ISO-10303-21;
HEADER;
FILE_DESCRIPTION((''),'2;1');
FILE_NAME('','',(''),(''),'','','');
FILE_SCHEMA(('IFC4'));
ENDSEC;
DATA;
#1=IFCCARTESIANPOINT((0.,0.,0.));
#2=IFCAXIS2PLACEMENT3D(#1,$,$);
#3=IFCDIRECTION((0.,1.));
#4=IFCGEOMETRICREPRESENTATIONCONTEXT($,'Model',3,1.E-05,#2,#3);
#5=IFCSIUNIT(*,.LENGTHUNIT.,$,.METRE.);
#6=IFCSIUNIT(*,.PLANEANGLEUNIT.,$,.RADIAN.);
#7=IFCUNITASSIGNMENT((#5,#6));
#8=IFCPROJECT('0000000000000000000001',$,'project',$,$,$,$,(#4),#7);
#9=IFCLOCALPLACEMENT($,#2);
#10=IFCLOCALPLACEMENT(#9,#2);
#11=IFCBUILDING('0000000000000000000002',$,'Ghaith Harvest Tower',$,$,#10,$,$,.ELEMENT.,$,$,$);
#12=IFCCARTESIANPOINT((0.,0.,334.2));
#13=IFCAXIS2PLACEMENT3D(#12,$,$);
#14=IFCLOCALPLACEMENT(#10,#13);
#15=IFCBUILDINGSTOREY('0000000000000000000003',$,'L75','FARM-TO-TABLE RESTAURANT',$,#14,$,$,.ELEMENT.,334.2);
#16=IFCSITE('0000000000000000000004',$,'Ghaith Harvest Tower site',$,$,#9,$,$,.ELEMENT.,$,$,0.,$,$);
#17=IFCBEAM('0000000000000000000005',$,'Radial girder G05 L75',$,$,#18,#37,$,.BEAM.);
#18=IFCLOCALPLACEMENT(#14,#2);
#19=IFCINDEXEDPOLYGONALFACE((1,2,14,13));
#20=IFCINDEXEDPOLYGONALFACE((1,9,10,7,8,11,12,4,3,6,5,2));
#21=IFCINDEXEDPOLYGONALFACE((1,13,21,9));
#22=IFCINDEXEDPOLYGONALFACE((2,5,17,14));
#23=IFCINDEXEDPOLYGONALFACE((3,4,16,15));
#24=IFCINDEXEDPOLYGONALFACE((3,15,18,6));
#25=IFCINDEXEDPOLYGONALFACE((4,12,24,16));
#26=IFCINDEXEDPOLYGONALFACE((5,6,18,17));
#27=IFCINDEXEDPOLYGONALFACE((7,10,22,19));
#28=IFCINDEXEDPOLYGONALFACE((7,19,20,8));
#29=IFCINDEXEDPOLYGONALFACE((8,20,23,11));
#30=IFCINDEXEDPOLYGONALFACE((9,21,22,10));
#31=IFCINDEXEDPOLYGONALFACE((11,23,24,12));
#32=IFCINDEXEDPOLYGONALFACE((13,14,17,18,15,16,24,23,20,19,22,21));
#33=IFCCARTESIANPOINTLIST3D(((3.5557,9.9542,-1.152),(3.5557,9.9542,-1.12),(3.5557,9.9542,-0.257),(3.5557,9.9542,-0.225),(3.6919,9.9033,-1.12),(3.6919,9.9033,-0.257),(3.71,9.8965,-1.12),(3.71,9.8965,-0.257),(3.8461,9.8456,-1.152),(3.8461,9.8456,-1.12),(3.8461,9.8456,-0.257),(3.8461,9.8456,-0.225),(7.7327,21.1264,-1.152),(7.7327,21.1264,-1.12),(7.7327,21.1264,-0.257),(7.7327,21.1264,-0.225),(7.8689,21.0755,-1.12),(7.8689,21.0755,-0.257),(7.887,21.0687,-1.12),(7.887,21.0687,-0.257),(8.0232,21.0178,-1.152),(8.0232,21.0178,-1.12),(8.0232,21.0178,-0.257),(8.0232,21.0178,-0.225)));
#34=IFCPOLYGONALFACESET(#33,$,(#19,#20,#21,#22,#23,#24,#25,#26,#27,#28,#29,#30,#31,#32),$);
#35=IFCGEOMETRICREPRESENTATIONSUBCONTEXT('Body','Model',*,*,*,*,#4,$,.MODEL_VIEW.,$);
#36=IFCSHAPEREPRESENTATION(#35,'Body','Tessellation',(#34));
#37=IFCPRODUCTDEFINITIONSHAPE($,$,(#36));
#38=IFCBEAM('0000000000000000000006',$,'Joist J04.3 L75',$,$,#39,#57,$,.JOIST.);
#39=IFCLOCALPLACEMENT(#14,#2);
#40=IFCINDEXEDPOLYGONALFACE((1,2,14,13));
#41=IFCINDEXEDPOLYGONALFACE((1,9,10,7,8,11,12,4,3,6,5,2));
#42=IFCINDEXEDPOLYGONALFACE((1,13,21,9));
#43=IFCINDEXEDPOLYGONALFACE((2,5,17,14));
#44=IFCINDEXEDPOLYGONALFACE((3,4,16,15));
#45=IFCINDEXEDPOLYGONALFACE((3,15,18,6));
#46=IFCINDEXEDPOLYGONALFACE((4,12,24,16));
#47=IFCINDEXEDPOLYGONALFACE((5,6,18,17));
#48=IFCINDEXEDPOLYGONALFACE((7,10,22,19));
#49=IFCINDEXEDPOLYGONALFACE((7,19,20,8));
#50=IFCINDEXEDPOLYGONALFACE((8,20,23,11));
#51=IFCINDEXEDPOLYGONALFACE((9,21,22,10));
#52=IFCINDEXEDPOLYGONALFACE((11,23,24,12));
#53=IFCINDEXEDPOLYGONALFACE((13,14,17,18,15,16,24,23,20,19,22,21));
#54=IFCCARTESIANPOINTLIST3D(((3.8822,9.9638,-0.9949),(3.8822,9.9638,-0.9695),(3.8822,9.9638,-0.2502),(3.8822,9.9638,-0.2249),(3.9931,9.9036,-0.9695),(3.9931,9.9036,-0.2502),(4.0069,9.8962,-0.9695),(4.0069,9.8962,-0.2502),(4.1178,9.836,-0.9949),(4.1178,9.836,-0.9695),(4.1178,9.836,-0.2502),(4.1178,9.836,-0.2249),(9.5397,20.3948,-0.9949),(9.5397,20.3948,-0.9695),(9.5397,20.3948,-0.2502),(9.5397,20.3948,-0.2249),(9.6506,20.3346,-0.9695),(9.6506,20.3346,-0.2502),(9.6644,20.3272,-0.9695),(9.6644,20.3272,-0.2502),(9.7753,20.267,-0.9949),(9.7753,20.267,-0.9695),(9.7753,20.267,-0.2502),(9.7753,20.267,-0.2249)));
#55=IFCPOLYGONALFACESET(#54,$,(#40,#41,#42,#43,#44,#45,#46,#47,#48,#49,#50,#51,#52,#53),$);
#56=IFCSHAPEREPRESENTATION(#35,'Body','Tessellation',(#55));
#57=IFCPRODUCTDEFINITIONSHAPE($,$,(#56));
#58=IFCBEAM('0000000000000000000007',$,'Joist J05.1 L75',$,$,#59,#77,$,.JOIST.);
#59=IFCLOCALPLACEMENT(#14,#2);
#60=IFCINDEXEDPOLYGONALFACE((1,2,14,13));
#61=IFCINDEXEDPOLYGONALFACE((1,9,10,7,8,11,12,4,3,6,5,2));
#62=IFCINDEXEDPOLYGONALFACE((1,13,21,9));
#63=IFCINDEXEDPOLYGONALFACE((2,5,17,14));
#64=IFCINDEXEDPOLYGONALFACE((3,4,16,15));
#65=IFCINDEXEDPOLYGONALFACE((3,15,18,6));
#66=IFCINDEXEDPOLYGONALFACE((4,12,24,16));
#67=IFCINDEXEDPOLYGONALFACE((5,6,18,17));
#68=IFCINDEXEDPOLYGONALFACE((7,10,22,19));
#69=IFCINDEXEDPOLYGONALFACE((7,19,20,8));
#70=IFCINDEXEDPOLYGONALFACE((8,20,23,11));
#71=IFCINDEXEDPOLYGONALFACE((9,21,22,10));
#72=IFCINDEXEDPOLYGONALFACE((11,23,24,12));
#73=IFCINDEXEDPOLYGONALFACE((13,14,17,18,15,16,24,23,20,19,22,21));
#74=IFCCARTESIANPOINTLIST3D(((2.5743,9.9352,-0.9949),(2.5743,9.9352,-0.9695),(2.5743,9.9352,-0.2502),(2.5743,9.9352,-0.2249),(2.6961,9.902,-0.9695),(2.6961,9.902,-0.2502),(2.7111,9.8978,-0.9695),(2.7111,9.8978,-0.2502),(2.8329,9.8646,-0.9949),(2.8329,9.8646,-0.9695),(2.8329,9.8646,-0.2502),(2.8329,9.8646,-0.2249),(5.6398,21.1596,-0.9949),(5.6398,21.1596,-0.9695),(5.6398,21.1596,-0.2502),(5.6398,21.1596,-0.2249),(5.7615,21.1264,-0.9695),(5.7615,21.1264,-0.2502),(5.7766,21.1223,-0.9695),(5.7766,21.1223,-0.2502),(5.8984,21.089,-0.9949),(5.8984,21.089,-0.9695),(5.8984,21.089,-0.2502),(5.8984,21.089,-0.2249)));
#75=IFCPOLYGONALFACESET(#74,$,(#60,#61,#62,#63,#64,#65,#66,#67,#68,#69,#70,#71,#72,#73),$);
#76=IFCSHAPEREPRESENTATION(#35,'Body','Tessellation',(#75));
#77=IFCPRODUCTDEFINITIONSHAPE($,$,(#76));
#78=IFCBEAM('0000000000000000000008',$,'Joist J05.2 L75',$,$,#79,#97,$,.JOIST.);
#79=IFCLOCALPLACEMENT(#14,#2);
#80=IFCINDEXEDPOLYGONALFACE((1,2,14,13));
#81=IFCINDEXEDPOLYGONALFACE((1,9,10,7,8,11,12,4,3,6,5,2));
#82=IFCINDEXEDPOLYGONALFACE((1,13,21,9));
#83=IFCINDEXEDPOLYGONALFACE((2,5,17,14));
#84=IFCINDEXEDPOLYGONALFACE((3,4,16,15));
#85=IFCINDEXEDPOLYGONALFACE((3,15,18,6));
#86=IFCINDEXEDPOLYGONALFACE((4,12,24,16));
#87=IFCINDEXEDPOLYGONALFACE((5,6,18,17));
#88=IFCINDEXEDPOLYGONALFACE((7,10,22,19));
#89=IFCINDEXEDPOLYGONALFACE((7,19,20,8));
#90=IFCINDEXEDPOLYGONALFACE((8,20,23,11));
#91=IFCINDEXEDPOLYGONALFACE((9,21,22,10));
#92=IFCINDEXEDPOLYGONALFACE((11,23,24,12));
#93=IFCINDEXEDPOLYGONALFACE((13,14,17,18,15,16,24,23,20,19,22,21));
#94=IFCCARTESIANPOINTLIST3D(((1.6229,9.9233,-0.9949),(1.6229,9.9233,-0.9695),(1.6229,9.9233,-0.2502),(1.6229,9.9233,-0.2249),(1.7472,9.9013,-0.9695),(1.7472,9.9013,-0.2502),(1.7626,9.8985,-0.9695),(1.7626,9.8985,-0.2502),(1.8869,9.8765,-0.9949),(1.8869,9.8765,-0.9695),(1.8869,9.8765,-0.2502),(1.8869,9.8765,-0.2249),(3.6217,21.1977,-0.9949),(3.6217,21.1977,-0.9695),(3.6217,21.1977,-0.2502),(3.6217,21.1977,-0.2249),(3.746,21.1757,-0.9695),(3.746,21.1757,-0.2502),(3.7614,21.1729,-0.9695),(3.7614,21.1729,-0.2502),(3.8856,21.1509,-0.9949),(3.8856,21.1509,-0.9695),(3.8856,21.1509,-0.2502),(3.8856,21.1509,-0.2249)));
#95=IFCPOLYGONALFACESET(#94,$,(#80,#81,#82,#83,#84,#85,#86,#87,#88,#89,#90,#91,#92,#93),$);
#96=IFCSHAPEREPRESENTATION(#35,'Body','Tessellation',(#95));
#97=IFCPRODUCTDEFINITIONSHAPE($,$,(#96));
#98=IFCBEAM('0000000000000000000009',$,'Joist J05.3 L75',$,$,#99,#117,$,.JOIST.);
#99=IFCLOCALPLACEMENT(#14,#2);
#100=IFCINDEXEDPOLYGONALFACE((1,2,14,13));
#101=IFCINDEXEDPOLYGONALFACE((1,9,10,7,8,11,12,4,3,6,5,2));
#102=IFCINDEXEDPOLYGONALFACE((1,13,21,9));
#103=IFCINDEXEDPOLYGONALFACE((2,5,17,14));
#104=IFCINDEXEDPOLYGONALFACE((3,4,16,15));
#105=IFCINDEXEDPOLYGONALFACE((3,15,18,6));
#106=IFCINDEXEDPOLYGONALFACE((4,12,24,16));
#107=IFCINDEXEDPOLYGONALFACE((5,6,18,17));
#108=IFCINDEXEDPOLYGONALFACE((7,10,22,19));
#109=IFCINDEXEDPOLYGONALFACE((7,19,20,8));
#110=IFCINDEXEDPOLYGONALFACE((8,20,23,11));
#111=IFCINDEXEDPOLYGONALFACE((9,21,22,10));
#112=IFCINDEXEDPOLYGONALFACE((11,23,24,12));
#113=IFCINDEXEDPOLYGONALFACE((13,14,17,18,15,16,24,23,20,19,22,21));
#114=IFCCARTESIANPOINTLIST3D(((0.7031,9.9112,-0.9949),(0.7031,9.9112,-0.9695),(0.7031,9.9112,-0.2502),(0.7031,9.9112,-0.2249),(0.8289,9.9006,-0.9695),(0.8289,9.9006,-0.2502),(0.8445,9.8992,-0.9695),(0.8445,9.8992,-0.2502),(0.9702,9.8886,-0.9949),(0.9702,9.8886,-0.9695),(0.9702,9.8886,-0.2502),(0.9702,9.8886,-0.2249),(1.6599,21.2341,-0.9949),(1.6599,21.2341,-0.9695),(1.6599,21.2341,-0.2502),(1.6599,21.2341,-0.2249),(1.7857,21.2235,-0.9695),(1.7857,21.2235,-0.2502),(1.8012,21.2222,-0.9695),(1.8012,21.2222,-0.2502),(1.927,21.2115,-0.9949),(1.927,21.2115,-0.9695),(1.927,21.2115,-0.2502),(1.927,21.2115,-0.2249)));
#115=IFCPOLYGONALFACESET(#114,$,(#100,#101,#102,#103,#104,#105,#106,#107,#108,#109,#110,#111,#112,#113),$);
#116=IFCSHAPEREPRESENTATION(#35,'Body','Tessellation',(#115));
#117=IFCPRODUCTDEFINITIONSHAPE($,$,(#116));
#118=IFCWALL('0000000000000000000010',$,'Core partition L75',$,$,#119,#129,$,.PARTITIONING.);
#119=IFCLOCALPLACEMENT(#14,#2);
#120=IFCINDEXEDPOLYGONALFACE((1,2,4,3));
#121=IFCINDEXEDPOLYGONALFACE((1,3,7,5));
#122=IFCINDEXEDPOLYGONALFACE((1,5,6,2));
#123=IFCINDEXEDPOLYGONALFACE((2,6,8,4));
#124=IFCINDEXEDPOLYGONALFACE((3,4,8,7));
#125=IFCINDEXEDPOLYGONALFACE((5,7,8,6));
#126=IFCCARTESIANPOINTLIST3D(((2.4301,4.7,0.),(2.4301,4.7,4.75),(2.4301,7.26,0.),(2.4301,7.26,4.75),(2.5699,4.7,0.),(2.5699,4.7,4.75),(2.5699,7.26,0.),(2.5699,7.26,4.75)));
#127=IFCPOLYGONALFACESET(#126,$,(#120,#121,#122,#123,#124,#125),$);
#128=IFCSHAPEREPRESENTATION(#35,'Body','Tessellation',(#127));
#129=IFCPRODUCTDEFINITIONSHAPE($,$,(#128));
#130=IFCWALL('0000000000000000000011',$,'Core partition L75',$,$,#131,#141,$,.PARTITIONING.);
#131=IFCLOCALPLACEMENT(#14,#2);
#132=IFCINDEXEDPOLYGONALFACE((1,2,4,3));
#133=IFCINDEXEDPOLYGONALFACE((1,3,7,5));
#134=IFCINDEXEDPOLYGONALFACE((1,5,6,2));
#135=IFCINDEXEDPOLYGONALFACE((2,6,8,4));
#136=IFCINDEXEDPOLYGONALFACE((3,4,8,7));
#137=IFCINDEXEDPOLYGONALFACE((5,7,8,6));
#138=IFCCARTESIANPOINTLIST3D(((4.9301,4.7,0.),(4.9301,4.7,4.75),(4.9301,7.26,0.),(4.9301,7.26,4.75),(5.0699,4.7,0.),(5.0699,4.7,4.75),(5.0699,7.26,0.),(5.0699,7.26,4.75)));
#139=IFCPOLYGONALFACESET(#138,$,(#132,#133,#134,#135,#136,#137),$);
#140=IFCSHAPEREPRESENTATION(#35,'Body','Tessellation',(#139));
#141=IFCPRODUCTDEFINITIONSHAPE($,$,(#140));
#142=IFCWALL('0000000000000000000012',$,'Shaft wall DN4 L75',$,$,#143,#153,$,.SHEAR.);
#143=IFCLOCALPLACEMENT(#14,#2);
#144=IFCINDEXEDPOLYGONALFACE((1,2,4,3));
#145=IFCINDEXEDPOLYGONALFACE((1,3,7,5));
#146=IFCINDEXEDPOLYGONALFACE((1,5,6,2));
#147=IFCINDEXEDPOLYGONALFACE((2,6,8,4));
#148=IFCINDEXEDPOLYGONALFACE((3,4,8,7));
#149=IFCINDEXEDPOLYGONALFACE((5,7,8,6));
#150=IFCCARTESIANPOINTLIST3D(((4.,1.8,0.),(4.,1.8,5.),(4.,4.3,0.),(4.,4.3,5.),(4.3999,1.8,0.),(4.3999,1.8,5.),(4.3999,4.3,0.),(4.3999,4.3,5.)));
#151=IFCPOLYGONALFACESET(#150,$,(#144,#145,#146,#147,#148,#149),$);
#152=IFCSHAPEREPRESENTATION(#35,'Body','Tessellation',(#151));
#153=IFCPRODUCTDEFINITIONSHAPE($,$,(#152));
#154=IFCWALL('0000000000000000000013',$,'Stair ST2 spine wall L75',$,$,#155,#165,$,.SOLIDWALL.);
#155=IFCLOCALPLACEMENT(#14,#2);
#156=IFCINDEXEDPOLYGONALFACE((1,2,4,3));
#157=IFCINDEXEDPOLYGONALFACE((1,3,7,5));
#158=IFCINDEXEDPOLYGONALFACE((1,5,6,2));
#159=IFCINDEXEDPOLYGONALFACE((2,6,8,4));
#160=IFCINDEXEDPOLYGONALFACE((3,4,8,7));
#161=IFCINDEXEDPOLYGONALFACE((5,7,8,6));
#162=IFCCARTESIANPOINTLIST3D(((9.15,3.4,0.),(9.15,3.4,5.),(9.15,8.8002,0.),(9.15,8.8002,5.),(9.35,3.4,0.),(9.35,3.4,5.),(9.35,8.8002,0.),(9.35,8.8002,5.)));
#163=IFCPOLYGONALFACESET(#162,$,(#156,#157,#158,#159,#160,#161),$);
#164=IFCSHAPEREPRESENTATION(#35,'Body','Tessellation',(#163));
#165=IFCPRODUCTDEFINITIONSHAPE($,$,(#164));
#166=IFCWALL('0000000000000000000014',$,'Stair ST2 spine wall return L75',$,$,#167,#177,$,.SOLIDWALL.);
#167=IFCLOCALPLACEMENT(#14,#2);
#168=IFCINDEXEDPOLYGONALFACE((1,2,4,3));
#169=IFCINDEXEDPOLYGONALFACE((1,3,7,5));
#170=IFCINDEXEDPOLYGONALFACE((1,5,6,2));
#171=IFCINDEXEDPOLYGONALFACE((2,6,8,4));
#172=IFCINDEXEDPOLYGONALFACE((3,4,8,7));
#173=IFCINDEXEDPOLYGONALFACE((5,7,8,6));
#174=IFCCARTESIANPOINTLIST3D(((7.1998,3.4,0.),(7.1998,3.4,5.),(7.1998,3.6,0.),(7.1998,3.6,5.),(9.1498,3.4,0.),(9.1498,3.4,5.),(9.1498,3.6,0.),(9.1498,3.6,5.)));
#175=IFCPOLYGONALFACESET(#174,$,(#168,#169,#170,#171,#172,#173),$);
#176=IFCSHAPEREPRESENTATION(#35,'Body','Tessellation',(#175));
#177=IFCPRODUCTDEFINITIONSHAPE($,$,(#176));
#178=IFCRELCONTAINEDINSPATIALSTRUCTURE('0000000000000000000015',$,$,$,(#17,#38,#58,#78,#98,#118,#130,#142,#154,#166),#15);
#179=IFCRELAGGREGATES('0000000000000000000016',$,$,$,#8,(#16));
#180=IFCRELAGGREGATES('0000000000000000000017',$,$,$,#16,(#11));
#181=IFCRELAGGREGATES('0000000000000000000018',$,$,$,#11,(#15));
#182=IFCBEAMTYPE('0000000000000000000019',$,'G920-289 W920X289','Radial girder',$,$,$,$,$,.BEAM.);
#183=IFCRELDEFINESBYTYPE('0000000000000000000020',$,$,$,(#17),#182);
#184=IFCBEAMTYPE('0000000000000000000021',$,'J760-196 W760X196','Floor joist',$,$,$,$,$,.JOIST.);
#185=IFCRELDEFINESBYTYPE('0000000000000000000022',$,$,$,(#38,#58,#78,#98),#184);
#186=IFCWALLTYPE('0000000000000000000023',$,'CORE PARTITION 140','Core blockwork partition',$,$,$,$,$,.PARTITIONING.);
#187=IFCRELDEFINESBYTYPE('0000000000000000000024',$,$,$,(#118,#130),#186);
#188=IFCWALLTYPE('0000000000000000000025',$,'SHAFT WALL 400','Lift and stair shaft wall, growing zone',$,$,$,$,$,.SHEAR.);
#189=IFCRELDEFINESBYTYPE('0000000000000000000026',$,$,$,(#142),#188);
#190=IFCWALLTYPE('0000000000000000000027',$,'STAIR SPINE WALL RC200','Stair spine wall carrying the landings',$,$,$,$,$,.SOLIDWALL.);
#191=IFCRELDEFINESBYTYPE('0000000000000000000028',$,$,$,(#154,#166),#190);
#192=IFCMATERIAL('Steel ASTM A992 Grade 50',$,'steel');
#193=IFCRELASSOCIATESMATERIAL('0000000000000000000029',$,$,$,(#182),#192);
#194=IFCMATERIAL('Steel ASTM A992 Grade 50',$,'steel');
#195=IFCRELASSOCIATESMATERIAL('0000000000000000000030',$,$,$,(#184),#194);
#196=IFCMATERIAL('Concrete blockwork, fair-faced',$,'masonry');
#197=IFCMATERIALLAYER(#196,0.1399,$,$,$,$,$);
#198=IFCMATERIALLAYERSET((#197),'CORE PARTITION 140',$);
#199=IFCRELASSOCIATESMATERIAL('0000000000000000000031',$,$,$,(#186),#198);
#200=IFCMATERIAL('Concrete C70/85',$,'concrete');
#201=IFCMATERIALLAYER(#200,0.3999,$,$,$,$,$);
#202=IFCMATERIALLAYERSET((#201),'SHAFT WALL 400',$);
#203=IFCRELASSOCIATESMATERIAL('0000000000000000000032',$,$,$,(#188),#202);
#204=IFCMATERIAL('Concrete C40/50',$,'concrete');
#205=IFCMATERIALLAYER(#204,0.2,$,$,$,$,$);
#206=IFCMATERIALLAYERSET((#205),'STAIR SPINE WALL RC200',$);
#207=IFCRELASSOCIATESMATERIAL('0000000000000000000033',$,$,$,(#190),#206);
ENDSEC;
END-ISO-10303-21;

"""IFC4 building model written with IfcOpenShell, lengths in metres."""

from ifc_helpers import new_model, si_unit, direction, frame, frame_2d, origin, origin_2d, place, context, subcontext, project, spatial, rectangle, i_section, extrude, material, layer, layer_set, material_profile, profile_set, type_object, element, save


model = new_model("IFC4")

# Units and contexts
model_context = context("Model", 3, precision=1e-05, world=origin(), true_north=direction((0.0, 1.0)))
body_context = subcontext(model_context, "Body", "Model", "MODEL_VIEW")
ifc_project = project(units=[si_unit("LENGTHUNIT", "METRE"), si_unit("PLANEANGLEUNIT", "RADIAN")], contexts=[model_context])

# Site, building, storey
site_placement = place(None, origin())
site = spatial("IfcSite", under=ifc_project, at=site_placement, Name="Ghaith Harvest Tower site", CompositionType="ELEMENT", RefElevation=0.0)
building_placement = place(site_placement, origin())
building = spatial("IfcBuilding", under=site, at=building_placement, Name="Ghaith Harvest Tower", CompositionType="ELEMENT")
storey_placement = place(building_placement, frame((0.0, 0.0, 334.2)))
storey = spatial("IfcBuildingStorey", under=building, at=storey_placement, Name="L75", Description="FARM-TO-TABLE RESTAURANT", CompositionType="ELEMENT", Elevation=334.2)

# Beams
ifc_material_1 = material(Name="Steel ASTM A992 Grade 50", Category="steel")
ifc_material_profile_1 = material_profile(ifc_material_1, i_section(OverallWidth=0.3101, OverallDepth=0.927, WebThickness=0.0193, FlangeThickness=0.032, at=origin_2d()), Name="W920X289")
ifc_profile_set_1 = profile_set([ifc_material_profile_1], Name="Steel ASTM A992 Grade 50")
beam_type_1 = type_object("IfcBeamType", Name="G920-289 W920X289", Description="Radial girder", PredefinedType="BEAM", material=ifc_profile_set_1)
beam_1_placement = place(storey_placement, frame((3.7009, 9.8999, -0.6885), z_axis=(0.350201, 0.936674, 0.0), x_axis=(-0.936674, 0.350201, 0.0)))
element("IfcBeam", 1, at=beam_1_placement, inside=storey, type_object=beam_type_1, Name="Radial girder G05 L75", PredefinedType="BEAM", context=body_context, shape_type="SweptSolid", body=[
    extrude(i_section(OverallWidth=0.3101, OverallDepth=0.927, WebThickness=0.0193, FlangeThickness=0.032, at=origin_2d()), origin(), (0.0, 0.0, 1.0), 11.9275),
])
ifc_material_2 = material(Name="Steel ASTM A992 Grade 50", Category="steel")
ifc_material_profile_2 = material_profile(ifc_material_2, i_section(OverallWidth=0.2681, OverallDepth=0.77, WebThickness=0.0156, FlangeThickness=0.0254, at=origin_2d()), Name="W760X196")
ifc_profile_set_2 = profile_set([ifc_material_profile_2], Name="Steel ASTM A992 Grade 50")
beam_type_2 = type_object("IfcBeamType", Name="J760-196 W760X196", Description="Floor joist", PredefinedType="JOIST", material=ifc_profile_set_2)
beam_2_placement = place(storey_placement, frame((4.0, 9.8999, -0.6099), z_axis=(0.476765, 0.879031, 0.0), x_axis=(-0.879031, 0.476765, 0.0)))
element("IfcBeam", 2, at=beam_2_placement, inside=storey, type_object=beam_type_2, Name="Joist J04.3 L75", PredefinedType="JOIST", context=body_context, shape_type="SweptSolid", body=[
    extrude(i_section(OverallWidth=0.2681, OverallDepth=0.77, WebThickness=0.0156, FlangeThickness=0.0254, at=origin_2d()), origin(), (0.0, 0.0, 1.0), 11.8665),
])
beam_3_placement = place(storey_placement, frame((2.7036, 9.8999, -0.6099), z_axis=(0.263456, 0.964671, 0.0), x_axis=(-0.964671, 0.263456, 0.0)))
element("IfcBeam", 3, at=beam_3_placement, inside=storey, type_object=beam_type_2, Name="Joist J05.1 L75", PredefinedType="JOIST", context=body_context, shape_type="SweptSolid", body=[
    extrude(i_section(OverallWidth=0.2681, OverallDepth=0.77, WebThickness=0.0156, FlangeThickness=0.0254, at=origin_2d()), origin(), (0.0, 0.0, 1.0), 11.6355),
])
beam_4_placement = place(storey_placement, frame((1.7549, 9.8999, -0.6099), z_axis=(0.174563, 0.984646, 0.0), x_axis=(-0.984646, 0.174563, 0.0)))
element("IfcBeam", 4, at=beam_4_placement, inside=storey, type_object=beam_type_2, Name="Joist J05.2 L75", PredefinedType="JOIST", context=body_context, shape_type="SweptSolid", body=[
    extrude(i_section(OverallWidth=0.2681, OverallDepth=0.77, WebThickness=0.0156, FlangeThickness=0.0254, at=origin_2d()), origin(), (0.0, 0.0, 1.0), 11.4502),
])
beam_5_placement = place(storey_placement, frame((0.8367, 9.8999, -0.6099), z_axis=(0.084199, 0.996449, 0.0), x_axis=(-0.996449, 0.084199, 0.0)))
element("IfcBeam", 5, at=beam_5_placement, inside=storey, type_object=beam_type_2, Name="Joist J05.3 L75", PredefinedType="JOIST", context=body_context, shape_type="SweptSolid", body=[
    extrude(i_section(OverallWidth=0.2681, OverallDepth=0.77, WebThickness=0.0156, FlangeThickness=0.0254, at=origin_2d()), origin(), (0.0, 0.0, 1.0), 11.3633),
])

# Walls
ifc_material_3 = material(Name="Concrete blockwork, fair-faced", Category="masonry")
ifc_layer_1 = layer(ifc_material_3, 0.1399)
ifc_layer_set_1 = layer_set([ifc_layer_1], Name="CORE PARTITION 140")
wall_type_1 = type_object("IfcWallType", Name="CORE PARTITION 140", Description="Core blockwork partition", PredefinedType="PARTITIONING", material=ifc_layer_set_1)
for number, where, z_axis, x_axis, name in (
    (6, (2.5, 4.7, 0.0), (0.0, 0.0, 1.0), (0.0, 1.0, 0.0), "Core partition L75"),
    (7, (5.0, 4.7, 0.0), (0.0, 0.0, 1.0), (0.0, 1.0, 0.0), "Core partition L75"),
):
    element("IfcWall", number, at=place(storey_placement, frame(where, z_axis=z_axis, x_axis=x_axis)), inside=storey, type_object=wall_type_1, Name=name, PredefinedType="PARTITIONING", context=body_context, shape_type="SweptSolid", body=[
        extrude(rectangle(XDim=2.5601, YDim=0.1399, at=frame_2d((1.28, 0.0))), origin(), (0.0, 0.0, 1.0), 4.75),
    ])

# Shared definitions
ifc_material_4 = material(Name="Concrete C70/85", Category="concrete")
ifc_layer_2 = layer(ifc_material_4, 0.3999)
ifc_layer_set_2 = layer_set([ifc_layer_2], Name="SHAFT WALL 400")
wall_type_2 = type_object("IfcWallType", Name="SHAFT WALL 400", Description="Lift and stair shaft wall, growing zone", PredefinedType="SHEAR", material=ifc_layer_set_2)

# Walls
wall_1_placement = place(storey_placement, frame((4.2, 1.8, 0.0), z_axis=(0.0, 0.0, 1.0), x_axis=(0.0, 1.0, 0.0)))
element("IfcWall", 8, at=wall_1_placement, inside=storey, type_object=wall_type_2, Name="Shaft wall DN4 L75", PredefinedType="SHEAR", context=body_context, shape_type="SweptSolid", body=[
    extrude(rectangle(XDim=2.5, YDim=0.3999, at=frame_2d((1.25, 0.0))), origin(), (0.0, 0.0, 1.0), 5.0),
])
ifc_material_5 = material(Name="Concrete C40/50", Category="concrete")
ifc_layer_3 = layer(ifc_material_5, 0.2)
ifc_layer_set_3 = layer_set([ifc_layer_3], Name="STAIR SPINE WALL RC200")
wall_type_3 = type_object("IfcWallType", Name="STAIR SPINE WALL RC200", Description="Stair spine wall carrying the landings", PredefinedType="SOLIDWALL", material=ifc_layer_set_3)
wall_2_placement = place(storey_placement, frame((9.25, 3.3999, 0.0), z_axis=(0.0, 0.0, 1.0), x_axis=(0.0, 1.0, 0.0)))
element("IfcWall", 9, at=wall_2_placement, inside=storey, type_object=wall_type_3, Name="Stair ST2 spine wall L75", PredefinedType="SOLIDWALL", context=body_context, shape_type="SweptSolid", body=[
    extrude(rectangle(XDim=5.4001, YDim=0.2, at=frame_2d((2.7002, 0.0))), origin(), (0.0, 0.0, 1.0), 5.0),
])
wall_3_placement = place(storey_placement, frame((9.1499, 3.5, 0.0), z_axis=(0.0, 0.0, 1.0), x_axis=(-1.0, 0.0, 0.0)))
element("IfcWall", 10, at=wall_3_placement, inside=storey, type_object=wall_type_3, Name="Stair ST2 spine wall return L75", PredefinedType="SOLIDWALL", context=body_context, shape_type="SweptSolid", body=[
    extrude(rectangle(XDim=1.95, YDim=0.2, at=frame_2d((0.9751, 0.0))), origin(), (0.0, 0.0, 1.0), 5.0),
])

save(model, "model.ifc")
